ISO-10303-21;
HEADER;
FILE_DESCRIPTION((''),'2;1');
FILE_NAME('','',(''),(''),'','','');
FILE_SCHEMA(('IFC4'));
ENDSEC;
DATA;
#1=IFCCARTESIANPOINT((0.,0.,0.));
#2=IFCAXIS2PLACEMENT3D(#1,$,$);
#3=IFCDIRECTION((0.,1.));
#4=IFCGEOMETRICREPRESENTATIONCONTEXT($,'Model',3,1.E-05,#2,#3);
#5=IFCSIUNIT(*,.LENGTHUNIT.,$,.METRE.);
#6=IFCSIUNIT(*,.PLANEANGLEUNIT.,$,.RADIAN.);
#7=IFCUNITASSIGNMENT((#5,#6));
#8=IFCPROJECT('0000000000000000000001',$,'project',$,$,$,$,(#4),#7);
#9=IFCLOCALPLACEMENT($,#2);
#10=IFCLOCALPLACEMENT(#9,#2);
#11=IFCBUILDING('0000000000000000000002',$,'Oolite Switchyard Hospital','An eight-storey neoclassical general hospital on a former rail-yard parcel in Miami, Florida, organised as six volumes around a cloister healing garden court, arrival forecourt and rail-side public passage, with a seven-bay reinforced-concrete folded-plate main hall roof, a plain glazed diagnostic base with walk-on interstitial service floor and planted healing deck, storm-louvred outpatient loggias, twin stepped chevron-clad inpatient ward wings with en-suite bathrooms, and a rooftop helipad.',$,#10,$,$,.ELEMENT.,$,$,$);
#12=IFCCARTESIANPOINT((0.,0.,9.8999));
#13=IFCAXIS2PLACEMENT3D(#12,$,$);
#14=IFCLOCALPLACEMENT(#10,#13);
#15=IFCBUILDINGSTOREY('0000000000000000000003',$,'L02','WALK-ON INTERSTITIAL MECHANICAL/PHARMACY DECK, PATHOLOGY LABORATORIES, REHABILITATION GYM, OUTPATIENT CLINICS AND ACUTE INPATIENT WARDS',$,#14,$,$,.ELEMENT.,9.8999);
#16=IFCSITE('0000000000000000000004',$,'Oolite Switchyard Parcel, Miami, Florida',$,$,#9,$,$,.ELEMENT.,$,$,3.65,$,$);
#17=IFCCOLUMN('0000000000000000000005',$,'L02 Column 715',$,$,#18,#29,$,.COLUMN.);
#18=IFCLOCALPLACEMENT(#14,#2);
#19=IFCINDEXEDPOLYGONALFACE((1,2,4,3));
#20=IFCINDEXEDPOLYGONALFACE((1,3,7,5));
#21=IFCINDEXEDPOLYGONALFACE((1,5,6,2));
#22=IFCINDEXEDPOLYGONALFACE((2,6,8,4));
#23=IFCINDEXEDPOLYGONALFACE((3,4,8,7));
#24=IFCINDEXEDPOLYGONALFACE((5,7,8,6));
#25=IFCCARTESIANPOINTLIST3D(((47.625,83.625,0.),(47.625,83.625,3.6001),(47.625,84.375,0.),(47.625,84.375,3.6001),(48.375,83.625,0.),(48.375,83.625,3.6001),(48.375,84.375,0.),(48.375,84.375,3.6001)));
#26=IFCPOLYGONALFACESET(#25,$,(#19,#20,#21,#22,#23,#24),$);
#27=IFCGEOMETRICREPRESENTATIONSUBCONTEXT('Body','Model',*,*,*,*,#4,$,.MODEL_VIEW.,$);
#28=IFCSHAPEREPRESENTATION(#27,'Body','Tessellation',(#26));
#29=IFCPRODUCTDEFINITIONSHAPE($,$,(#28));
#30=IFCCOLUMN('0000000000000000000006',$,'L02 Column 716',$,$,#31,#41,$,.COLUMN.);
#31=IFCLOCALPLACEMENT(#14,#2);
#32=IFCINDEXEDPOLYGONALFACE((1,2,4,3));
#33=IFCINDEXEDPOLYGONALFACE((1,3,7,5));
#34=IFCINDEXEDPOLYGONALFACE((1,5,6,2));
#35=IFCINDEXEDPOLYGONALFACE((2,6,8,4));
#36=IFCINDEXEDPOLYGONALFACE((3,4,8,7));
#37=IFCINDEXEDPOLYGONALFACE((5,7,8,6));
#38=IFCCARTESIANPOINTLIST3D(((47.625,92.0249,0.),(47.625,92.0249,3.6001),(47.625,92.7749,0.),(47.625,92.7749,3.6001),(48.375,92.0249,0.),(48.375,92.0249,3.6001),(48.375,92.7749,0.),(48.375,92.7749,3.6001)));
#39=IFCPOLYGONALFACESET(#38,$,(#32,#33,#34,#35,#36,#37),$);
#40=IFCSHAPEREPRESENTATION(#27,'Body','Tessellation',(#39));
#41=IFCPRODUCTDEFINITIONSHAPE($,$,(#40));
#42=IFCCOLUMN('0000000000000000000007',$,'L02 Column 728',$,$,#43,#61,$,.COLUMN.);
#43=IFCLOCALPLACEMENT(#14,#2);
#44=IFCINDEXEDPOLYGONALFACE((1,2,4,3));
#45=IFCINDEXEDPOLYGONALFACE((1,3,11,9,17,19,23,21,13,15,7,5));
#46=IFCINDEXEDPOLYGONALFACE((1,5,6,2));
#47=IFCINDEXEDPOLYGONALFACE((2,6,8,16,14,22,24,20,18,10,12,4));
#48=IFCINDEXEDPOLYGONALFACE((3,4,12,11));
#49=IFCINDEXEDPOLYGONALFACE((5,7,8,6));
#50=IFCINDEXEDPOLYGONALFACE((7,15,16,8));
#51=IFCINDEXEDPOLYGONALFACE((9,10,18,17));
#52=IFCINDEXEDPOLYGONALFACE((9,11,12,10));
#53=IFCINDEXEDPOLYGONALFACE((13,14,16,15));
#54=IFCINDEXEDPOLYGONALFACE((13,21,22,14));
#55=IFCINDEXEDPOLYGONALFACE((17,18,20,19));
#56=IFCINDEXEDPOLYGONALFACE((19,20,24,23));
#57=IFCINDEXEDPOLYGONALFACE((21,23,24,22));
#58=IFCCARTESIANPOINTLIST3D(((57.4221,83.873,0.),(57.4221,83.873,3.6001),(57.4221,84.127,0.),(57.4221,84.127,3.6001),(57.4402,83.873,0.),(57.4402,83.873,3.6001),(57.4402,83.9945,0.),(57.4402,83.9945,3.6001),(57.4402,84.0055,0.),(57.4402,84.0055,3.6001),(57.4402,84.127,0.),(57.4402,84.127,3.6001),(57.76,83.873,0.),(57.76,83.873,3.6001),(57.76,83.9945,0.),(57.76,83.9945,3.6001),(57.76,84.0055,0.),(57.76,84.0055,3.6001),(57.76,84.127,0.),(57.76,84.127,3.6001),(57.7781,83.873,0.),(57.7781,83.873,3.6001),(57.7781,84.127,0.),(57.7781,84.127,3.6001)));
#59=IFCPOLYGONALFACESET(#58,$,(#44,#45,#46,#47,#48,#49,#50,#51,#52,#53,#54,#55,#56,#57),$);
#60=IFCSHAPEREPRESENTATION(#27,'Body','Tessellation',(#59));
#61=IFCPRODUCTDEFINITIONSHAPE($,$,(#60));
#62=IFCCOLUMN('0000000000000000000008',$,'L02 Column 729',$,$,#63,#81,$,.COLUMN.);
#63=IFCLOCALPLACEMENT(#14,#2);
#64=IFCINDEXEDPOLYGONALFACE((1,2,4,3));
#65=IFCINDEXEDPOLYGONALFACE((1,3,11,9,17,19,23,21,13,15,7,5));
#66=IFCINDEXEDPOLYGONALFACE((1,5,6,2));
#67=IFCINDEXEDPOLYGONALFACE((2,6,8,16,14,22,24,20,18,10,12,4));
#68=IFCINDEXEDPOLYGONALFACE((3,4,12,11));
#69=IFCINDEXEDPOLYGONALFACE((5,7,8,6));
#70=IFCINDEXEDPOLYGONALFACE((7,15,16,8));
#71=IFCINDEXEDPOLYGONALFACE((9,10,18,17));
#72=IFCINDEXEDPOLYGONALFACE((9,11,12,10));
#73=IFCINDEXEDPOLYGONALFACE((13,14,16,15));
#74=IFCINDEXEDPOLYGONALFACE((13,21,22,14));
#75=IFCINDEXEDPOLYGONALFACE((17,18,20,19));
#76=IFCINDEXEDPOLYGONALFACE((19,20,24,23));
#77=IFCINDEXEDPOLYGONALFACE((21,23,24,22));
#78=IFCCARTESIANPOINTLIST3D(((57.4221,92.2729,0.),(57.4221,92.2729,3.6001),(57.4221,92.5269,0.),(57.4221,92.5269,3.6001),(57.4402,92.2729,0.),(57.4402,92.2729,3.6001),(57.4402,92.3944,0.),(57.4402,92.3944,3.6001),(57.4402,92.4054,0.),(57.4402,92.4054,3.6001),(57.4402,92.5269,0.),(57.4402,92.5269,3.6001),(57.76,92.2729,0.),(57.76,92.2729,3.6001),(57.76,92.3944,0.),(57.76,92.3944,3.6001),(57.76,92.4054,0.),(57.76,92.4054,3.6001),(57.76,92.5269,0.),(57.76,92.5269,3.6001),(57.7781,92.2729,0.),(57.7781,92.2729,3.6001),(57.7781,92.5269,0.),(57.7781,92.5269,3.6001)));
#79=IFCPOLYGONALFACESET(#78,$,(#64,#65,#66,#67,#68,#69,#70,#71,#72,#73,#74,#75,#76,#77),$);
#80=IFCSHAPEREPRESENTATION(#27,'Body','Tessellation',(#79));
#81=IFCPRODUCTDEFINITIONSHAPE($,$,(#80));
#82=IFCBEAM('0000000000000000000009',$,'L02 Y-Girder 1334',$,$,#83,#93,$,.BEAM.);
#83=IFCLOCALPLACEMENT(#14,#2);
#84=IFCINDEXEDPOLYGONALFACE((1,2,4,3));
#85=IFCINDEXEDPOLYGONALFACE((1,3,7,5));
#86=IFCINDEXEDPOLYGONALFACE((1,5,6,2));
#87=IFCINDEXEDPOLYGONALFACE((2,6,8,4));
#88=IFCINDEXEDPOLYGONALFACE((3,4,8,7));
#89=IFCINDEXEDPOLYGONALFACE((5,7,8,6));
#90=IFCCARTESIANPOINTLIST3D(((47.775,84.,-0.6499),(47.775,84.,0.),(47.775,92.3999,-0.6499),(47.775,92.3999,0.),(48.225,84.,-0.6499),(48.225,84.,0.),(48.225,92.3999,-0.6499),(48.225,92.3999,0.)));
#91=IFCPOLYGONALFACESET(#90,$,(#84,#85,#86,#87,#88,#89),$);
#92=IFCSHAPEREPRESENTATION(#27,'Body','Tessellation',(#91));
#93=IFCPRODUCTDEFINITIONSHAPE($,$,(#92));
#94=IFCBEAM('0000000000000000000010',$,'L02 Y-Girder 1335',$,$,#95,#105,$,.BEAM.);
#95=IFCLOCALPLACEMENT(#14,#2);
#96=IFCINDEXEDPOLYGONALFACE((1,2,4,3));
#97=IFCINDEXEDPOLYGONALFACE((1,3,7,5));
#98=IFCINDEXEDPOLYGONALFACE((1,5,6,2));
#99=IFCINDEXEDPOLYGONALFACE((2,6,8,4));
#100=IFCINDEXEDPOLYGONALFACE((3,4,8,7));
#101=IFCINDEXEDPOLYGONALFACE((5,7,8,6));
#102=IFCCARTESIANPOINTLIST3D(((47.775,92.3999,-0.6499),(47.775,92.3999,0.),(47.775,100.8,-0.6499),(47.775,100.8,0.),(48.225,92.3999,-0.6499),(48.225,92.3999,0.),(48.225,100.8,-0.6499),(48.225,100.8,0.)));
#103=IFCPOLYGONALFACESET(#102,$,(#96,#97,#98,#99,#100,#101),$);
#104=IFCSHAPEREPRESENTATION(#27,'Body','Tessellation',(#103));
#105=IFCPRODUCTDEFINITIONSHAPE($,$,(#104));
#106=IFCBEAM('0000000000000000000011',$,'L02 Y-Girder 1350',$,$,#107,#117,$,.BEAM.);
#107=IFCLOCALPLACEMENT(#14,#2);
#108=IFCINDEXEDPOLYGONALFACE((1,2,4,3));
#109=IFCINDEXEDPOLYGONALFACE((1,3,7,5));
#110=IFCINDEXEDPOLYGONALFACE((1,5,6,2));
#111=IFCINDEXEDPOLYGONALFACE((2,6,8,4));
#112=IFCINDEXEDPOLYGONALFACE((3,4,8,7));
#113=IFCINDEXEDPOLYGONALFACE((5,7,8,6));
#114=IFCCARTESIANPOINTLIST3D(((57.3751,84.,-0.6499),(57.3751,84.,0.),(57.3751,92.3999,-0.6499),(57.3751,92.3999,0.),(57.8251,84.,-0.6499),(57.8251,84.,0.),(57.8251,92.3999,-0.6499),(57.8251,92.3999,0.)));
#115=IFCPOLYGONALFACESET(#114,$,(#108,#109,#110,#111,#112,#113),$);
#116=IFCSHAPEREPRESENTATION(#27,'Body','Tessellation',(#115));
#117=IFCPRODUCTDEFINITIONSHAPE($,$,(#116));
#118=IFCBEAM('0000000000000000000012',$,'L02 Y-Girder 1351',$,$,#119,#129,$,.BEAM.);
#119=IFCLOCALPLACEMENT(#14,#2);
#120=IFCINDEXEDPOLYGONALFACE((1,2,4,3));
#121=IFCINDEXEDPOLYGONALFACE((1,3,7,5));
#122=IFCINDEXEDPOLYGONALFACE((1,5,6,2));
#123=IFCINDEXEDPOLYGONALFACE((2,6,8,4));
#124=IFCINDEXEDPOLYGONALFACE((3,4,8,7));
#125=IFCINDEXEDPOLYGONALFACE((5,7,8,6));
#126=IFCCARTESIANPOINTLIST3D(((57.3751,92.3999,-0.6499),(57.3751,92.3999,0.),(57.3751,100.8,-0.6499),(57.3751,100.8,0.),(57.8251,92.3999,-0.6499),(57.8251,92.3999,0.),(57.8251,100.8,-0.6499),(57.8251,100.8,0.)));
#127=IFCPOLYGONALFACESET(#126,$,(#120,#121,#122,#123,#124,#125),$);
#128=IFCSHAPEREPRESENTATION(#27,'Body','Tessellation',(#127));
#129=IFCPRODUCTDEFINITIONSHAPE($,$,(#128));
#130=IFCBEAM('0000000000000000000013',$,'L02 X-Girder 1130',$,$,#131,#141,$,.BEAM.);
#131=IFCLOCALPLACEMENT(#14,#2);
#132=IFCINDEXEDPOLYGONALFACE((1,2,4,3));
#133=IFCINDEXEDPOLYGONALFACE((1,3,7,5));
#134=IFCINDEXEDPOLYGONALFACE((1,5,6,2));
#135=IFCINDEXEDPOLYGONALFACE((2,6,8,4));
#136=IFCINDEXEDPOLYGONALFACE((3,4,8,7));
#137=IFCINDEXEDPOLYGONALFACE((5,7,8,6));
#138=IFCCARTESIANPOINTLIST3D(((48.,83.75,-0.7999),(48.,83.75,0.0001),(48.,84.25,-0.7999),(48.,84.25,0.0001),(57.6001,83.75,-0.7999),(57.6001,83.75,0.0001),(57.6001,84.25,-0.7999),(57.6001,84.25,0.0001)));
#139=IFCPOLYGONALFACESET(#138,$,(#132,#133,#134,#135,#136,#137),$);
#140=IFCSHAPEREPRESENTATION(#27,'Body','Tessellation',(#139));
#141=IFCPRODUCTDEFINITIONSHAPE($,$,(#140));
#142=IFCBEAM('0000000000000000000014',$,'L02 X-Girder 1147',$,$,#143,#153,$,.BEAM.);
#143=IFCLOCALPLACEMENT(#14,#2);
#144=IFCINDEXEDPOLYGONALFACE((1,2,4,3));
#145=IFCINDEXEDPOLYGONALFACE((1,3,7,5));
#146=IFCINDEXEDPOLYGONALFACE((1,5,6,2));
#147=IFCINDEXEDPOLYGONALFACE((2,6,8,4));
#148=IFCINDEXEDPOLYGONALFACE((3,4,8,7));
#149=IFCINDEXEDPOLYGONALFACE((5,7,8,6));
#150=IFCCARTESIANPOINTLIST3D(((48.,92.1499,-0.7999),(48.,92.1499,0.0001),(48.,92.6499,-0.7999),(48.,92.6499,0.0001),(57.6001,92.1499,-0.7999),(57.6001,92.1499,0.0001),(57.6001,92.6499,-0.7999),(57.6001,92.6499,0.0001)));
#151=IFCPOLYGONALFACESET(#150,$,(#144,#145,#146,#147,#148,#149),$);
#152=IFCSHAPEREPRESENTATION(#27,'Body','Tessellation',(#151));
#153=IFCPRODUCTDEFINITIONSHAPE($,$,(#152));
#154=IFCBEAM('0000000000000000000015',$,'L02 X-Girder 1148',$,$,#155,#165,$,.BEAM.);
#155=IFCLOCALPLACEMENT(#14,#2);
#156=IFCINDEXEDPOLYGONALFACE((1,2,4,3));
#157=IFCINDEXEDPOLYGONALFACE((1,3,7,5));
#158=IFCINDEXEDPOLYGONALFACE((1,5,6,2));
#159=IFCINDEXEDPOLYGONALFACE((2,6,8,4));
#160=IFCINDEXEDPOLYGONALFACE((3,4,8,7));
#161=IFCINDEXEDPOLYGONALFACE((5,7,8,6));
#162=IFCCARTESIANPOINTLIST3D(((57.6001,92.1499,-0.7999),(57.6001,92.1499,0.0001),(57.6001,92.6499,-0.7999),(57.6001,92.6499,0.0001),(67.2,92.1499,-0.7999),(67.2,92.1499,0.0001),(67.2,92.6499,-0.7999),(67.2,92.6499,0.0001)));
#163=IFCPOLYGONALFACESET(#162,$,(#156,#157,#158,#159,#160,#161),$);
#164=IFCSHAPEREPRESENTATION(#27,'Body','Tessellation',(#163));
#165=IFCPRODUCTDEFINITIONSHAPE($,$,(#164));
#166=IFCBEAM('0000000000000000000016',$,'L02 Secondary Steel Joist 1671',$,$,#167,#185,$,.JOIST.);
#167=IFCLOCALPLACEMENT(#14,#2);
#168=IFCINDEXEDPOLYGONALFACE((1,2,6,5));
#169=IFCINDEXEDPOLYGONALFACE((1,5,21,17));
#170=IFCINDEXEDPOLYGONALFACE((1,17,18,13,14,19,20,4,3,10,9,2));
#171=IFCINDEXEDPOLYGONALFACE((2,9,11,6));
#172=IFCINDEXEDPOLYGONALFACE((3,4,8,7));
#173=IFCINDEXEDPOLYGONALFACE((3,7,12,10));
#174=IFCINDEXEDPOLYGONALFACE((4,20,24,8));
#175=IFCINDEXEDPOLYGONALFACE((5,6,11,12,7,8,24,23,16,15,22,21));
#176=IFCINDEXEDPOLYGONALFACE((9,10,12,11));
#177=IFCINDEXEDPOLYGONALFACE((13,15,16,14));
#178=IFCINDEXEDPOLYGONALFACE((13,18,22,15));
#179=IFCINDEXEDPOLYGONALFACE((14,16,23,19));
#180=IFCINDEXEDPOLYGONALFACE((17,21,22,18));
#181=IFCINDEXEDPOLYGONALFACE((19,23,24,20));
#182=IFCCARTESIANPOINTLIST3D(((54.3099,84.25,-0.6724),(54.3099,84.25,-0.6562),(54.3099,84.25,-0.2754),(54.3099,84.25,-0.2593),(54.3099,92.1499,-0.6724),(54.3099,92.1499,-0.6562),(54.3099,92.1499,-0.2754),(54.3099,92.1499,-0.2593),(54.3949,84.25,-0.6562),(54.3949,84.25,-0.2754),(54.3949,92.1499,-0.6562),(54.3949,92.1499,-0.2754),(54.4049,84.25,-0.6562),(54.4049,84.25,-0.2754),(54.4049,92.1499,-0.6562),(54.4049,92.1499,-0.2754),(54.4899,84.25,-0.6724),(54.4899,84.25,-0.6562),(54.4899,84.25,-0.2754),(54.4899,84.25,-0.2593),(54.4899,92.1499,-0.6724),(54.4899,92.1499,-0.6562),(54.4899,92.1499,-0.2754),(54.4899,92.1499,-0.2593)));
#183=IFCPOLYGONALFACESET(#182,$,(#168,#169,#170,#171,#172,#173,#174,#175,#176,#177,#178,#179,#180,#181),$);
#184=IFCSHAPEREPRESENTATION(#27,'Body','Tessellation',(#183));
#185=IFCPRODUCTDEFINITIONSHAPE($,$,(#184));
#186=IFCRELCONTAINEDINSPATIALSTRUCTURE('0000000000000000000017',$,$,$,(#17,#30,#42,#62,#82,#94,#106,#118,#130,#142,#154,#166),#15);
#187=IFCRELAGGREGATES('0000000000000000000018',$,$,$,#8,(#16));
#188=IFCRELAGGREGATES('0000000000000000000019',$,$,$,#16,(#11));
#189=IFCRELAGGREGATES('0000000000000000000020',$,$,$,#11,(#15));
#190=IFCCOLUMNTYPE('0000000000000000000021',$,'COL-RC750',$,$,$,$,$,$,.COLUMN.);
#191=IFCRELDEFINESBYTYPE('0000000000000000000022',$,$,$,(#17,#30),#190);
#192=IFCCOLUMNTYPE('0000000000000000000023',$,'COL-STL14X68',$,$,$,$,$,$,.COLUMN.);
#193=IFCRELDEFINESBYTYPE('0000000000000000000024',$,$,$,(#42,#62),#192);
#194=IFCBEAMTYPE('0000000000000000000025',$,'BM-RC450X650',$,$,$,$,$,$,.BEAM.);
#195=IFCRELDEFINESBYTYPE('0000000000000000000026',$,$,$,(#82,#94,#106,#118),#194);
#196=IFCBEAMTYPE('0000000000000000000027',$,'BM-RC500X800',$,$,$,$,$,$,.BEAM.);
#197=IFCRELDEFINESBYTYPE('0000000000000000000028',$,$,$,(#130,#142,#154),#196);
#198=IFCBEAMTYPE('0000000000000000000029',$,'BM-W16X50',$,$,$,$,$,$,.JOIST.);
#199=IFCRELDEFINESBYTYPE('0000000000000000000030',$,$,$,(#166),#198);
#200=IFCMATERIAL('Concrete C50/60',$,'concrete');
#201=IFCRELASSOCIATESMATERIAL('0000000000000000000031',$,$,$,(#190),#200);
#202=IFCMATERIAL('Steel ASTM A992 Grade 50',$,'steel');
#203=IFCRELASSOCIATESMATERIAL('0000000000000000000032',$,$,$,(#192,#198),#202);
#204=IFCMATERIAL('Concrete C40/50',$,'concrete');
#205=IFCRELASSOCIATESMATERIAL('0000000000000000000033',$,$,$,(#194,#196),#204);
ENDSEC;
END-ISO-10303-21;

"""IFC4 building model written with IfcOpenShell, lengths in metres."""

from ifc_helpers import new_model, si_unit, direction, frame, origin, origin_2d, place, context, subcontext, project, spatial, rectangle, i_section, extrude, material, material_profile, profile_set, type_object, element, save


model = new_model("IFC4")

# Units and contexts
model_context = context("Model", 3, precision=1e-05, world=origin(), true_north=direction((0.0, 1.0)))
body_context = subcontext(model_context, "Body", "Model", "MODEL_VIEW")
ifc_project = project(units=[si_unit("LENGTHUNIT", "METRE"), si_unit("PLANEANGLEUNIT", "RADIAN")], contexts=[model_context])

# Site, building, storey
site_placement = place(None, origin())
site = spatial("IfcSite", under=ifc_project, at=site_placement, Name="Oolite Switchyard Parcel, Miami, Florida", CompositionType="ELEMENT", RefElevation=3.65)
building_placement = place(site_placement, origin())
building = spatial("IfcBuilding", under=site, at=building_placement, Name="Oolite Switchyard Hospital", Description="An eight-storey neoclassical general hospital on a former rail-yard parcel in Miami, Florida, organised as six volumes around a cloister healing garden court, arrival forecourt and rail-side public passage, with a seven-bay reinforced-concrete folded-plate main hall roof, a plain glazed diagnostic base with walk-on interstitial service floor and planted healing deck, storm-louvred outpatient loggias, twin stepped chevron-clad inpatient ward wings with en-suite bathrooms, and a rooftop helipad.", CompositionType="ELEMENT")
storey_placement = place(building_placement, frame((0.0, 0.0, 9.8999)))
storey = spatial("IfcBuildingStorey", under=building, at=storey_placement, Name="L02", Description="WALK-ON INTERSTITIAL MECHANICAL/PHARMACY DECK, PATHOLOGY LABORATORIES, REHABILITATION GYM, OUTPATIENT CLINICS AND ACUTE INPATIENT WARDS", CompositionType="ELEMENT", Elevation=9.8999)

# Columns
ifc_material_1 = material(Name="Concrete C50/60", Category="concrete")
ifc_material_profile_1 = material_profile(ifc_material_1, rectangle(XDim=0.75, YDim=0.75, at=origin_2d()), Name="RC750X750")
ifc_profile_set_1 = profile_set([ifc_material_profile_1], Name="Concrete C50/60")
column_type_1 = type_object("IfcColumnType", Name="COL-RC750", PredefinedType="COLUMN", material=ifc_profile_set_1)
for number, where, z_axis, x_axis, name in (
    (1, (48.0, 84.0, 0.0), (0.0, 0.0, 1.0), (1.0, 0.0, 0.0), "L02 Column 715"),
    (2, (48.0, 92.3999, 0.0), (0.0, 0.0, 1.0), (1.0, 0.0, 0.0), "L02 Column 716"),
):
    element("IfcColumn", number, at=place(storey_placement, frame(where, z_axis=z_axis, x_axis=x_axis)), inside=storey, type_object=column_type_1, Name=name, PredefinedType="COLUMN", context=body_context, shape_type="SweptSolid", body=[
        extrude(rectangle(XDim=0.75, YDim=0.75, at=origin_2d()), origin(), (0.0, 0.0, 1.0), 3.6001),
    ])
ifc_material_2 = material(Name="Steel ASTM A992 Grade 50", Category="steel")
ifc_material_profile_2 = material_profile(ifc_material_2, i_section(OverallWidth=0.2539, OverallDepth=0.356, WebThickness=0.011, FlangeThickness=0.0181, at=origin_2d()), Name="W14X68")
ifc_profile_set_2 = profile_set([ifc_material_profile_2], Name="Steel ASTM A992 Grade 50")
column_type_2 = type_object("IfcColumnType", Name="COL-STL14X68", PredefinedType="COLUMN", material=ifc_profile_set_2)
for number, where, z_axis, x_axis, name in (
    (3, (57.6001, 84.0, 0.0), (0.0, 0.0, 1.0), (0.0, -1.0, 0.0), "L02 Column 728"),
    (4, (57.6001, 92.3999, 0.0), (0.0, 0.0, 1.0), (0.0, -1.0, 0.0), "L02 Column 729"),
):
    element("IfcColumn", number, at=place(storey_placement, frame(where, z_axis=z_axis, x_axis=x_axis)), inside=storey, type_object=column_type_2, Name=name, PredefinedType="COLUMN", context=body_context, shape_type="SweptSolid", body=[
        extrude(i_section(OverallWidth=0.2539, OverallDepth=0.356, WebThickness=0.011, FlangeThickness=0.0181, at=origin_2d()), origin(), (0.0, 0.0, 1.0), 3.6001),
    ])

# Beams
ifc_material_3 = material(Name="Concrete C40/50", Category="concrete")
ifc_material_profile_3 = material_profile(ifc_material_3, rectangle(XDim=0.45, YDim=0.6499, at=origin_2d()), Name="RCB450X650")
ifc_profile_set_3 = profile_set([ifc_material_profile_3], Name="Concrete C40/50")
beam_type_1 = type_object("IfcBeamType", Name="BM-RC450X650", PredefinedType="BEAM", material=ifc_profile_set_3)
beam_1_placement = place(storey_placement, frame((48.0, 84.0, -0.325), z_axis=(0.0, 1.0, 0.0), x_axis=(-1.0, 0.0, 0.0)))
element("IfcBeam", 5, at=beam_1_placement, inside=storey, type_object=beam_type_1, Name="L02 Y-Girder 1334", PredefinedType="BEAM", context=body_context, shape_type="SweptSolid", body=[
    extrude(rectangle(XDim=0.45, YDim=0.6499, at=origin_2d()), origin(), (0.0, 0.0, 1.0), 8.3999),
])
beam_2_placement = place(storey_placement, frame((48.0, 92.3999, -0.325), z_axis=(0.0, 1.0, 0.0), x_axis=(-1.0, 0.0, 0.0)))
element("IfcBeam", 6, at=beam_2_placement, inside=storey, type_object=beam_type_1, Name="L02 Y-Girder 1335", PredefinedType="BEAM", context=body_context, shape_type="SweptSolid", body=[
    extrude(rectangle(XDim=0.45, YDim=0.6499, at=origin_2d()), origin(), (0.0, 0.0, 1.0), 8.4001),
])
beam_3_placement = place(storey_placement, frame((57.6001, 84.0, -0.325), z_axis=(0.0, 1.0, 0.0), x_axis=(-1.0, 0.0, 0.0)))
element("IfcBeam", 7, at=beam_3_placement, inside=storey, type_object=beam_type_1, Name="L02 Y-Girder 1350", PredefinedType="BEAM", context=body_context, shape_type="SweptSolid", body=[
    extrude(rectangle(XDim=0.45, YDim=0.6499, at=origin_2d()), origin(), (0.0, 0.0, 1.0), 8.3999),
])
beam_4_placement = place(storey_placement, frame((57.6001, 92.3999, -0.325), z_axis=(0.0, 1.0, 0.0), x_axis=(-1.0, 0.0, 0.0)))
element("IfcBeam", 8, at=beam_4_placement, inside=storey, type_object=beam_type_1, Name="L02 Y-Girder 1351", PredefinedType="BEAM", context=body_context, shape_type="SweptSolid", body=[
    extrude(rectangle(XDim=0.45, YDim=0.6499, at=origin_2d()), origin(), (0.0, 0.0, 1.0), 8.4001),
])
ifc_material_profile_4 = material_profile(ifc_material_3, rectangle(XDim=0.5, YDim=0.8, at=origin_2d()), Name="RCB500X800")
ifc_profile_set_4 = profile_set([ifc_material_profile_4], Name="Concrete C40/50")
beam_type_2 = type_object("IfcBeamType", Name="BM-RC500X800", PredefinedType="BEAM", material=ifc_profile_set_4)
for number, where, z_axis, x_axis, name in (
    (9, (48.0, 84.0, -0.3999), (1.0, 0.0, 0.0), (0.0, 1.0, 0.0), "L02 X-Girder 1130"),
    (10, (48.0, 92.3999, -0.3999), (1.0, 0.0, 0.0), (0.0, 1.0, 0.0), "L02 X-Girder 1147"),
):
    element("IfcBeam", number, at=place(storey_placement, frame(where, z_axis=z_axis, x_axis=x_axis)), inside=storey, type_object=beam_type_2, Name=name, PredefinedType="BEAM", context=body_context, shape_type="SweptSolid", body=[
        extrude(rectangle(XDim=0.5, YDim=0.8, at=origin_2d()), origin(), (0.0, 0.0, 1.0), 9.6001),
    ])
beam_5_placement = place(storey_placement, frame((57.6001, 92.3999, -0.3999), z_axis=(1.0, 0.0, 0.0), x_axis=(0.0, 1.0, 0.0)))
element("IfcBeam", 11, at=beam_5_placement, inside=storey, type_object=beam_type_2, Name="L02 X-Girder 1148", PredefinedType="BEAM", context=body_context, shape_type="SweptSolid", body=[
    extrude(rectangle(XDim=0.5, YDim=0.8, at=origin_2d()), origin(), (0.0, 0.0, 1.0), 9.5999),
])
ifc_material_profile_5 = material_profile(ifc_material_2, i_section(OverallWidth=0.1799, OverallDepth=0.4131, WebThickness=0.01, FlangeThickness=0.0161, at=origin_2d()), Name="W16X50")
ifc_profile_set_5 = profile_set([ifc_material_profile_5], Name="Steel ASTM A992 Grade 50")
beam_type_3 = type_object("IfcBeamType", Name="BM-W16X50", PredefinedType="JOIST", material=ifc_profile_set_5)
beam_6_placement = place(storey_placement, frame((54.3999, 84.25, -0.4658), z_axis=(0.0, 1.0, 0.0), x_axis=(-1.0, 0.0, 0.0)))
element("IfcBeam", 12, at=beam_6_placement, inside=storey, type_object=beam_type_3, Name="L02 Secondary Steel Joist 1671", PredefinedType="JOIST", context=body_context, shape_type="SweptSolid", body=[
    extrude(i_section(OverallWidth=0.1799, OverallDepth=0.4131, WebThickness=0.01, FlangeThickness=0.0161, at=origin_2d()), origin(), (0.0, 0.0, 1.0), 7.8999),
])

save(model, "model.ifc")
